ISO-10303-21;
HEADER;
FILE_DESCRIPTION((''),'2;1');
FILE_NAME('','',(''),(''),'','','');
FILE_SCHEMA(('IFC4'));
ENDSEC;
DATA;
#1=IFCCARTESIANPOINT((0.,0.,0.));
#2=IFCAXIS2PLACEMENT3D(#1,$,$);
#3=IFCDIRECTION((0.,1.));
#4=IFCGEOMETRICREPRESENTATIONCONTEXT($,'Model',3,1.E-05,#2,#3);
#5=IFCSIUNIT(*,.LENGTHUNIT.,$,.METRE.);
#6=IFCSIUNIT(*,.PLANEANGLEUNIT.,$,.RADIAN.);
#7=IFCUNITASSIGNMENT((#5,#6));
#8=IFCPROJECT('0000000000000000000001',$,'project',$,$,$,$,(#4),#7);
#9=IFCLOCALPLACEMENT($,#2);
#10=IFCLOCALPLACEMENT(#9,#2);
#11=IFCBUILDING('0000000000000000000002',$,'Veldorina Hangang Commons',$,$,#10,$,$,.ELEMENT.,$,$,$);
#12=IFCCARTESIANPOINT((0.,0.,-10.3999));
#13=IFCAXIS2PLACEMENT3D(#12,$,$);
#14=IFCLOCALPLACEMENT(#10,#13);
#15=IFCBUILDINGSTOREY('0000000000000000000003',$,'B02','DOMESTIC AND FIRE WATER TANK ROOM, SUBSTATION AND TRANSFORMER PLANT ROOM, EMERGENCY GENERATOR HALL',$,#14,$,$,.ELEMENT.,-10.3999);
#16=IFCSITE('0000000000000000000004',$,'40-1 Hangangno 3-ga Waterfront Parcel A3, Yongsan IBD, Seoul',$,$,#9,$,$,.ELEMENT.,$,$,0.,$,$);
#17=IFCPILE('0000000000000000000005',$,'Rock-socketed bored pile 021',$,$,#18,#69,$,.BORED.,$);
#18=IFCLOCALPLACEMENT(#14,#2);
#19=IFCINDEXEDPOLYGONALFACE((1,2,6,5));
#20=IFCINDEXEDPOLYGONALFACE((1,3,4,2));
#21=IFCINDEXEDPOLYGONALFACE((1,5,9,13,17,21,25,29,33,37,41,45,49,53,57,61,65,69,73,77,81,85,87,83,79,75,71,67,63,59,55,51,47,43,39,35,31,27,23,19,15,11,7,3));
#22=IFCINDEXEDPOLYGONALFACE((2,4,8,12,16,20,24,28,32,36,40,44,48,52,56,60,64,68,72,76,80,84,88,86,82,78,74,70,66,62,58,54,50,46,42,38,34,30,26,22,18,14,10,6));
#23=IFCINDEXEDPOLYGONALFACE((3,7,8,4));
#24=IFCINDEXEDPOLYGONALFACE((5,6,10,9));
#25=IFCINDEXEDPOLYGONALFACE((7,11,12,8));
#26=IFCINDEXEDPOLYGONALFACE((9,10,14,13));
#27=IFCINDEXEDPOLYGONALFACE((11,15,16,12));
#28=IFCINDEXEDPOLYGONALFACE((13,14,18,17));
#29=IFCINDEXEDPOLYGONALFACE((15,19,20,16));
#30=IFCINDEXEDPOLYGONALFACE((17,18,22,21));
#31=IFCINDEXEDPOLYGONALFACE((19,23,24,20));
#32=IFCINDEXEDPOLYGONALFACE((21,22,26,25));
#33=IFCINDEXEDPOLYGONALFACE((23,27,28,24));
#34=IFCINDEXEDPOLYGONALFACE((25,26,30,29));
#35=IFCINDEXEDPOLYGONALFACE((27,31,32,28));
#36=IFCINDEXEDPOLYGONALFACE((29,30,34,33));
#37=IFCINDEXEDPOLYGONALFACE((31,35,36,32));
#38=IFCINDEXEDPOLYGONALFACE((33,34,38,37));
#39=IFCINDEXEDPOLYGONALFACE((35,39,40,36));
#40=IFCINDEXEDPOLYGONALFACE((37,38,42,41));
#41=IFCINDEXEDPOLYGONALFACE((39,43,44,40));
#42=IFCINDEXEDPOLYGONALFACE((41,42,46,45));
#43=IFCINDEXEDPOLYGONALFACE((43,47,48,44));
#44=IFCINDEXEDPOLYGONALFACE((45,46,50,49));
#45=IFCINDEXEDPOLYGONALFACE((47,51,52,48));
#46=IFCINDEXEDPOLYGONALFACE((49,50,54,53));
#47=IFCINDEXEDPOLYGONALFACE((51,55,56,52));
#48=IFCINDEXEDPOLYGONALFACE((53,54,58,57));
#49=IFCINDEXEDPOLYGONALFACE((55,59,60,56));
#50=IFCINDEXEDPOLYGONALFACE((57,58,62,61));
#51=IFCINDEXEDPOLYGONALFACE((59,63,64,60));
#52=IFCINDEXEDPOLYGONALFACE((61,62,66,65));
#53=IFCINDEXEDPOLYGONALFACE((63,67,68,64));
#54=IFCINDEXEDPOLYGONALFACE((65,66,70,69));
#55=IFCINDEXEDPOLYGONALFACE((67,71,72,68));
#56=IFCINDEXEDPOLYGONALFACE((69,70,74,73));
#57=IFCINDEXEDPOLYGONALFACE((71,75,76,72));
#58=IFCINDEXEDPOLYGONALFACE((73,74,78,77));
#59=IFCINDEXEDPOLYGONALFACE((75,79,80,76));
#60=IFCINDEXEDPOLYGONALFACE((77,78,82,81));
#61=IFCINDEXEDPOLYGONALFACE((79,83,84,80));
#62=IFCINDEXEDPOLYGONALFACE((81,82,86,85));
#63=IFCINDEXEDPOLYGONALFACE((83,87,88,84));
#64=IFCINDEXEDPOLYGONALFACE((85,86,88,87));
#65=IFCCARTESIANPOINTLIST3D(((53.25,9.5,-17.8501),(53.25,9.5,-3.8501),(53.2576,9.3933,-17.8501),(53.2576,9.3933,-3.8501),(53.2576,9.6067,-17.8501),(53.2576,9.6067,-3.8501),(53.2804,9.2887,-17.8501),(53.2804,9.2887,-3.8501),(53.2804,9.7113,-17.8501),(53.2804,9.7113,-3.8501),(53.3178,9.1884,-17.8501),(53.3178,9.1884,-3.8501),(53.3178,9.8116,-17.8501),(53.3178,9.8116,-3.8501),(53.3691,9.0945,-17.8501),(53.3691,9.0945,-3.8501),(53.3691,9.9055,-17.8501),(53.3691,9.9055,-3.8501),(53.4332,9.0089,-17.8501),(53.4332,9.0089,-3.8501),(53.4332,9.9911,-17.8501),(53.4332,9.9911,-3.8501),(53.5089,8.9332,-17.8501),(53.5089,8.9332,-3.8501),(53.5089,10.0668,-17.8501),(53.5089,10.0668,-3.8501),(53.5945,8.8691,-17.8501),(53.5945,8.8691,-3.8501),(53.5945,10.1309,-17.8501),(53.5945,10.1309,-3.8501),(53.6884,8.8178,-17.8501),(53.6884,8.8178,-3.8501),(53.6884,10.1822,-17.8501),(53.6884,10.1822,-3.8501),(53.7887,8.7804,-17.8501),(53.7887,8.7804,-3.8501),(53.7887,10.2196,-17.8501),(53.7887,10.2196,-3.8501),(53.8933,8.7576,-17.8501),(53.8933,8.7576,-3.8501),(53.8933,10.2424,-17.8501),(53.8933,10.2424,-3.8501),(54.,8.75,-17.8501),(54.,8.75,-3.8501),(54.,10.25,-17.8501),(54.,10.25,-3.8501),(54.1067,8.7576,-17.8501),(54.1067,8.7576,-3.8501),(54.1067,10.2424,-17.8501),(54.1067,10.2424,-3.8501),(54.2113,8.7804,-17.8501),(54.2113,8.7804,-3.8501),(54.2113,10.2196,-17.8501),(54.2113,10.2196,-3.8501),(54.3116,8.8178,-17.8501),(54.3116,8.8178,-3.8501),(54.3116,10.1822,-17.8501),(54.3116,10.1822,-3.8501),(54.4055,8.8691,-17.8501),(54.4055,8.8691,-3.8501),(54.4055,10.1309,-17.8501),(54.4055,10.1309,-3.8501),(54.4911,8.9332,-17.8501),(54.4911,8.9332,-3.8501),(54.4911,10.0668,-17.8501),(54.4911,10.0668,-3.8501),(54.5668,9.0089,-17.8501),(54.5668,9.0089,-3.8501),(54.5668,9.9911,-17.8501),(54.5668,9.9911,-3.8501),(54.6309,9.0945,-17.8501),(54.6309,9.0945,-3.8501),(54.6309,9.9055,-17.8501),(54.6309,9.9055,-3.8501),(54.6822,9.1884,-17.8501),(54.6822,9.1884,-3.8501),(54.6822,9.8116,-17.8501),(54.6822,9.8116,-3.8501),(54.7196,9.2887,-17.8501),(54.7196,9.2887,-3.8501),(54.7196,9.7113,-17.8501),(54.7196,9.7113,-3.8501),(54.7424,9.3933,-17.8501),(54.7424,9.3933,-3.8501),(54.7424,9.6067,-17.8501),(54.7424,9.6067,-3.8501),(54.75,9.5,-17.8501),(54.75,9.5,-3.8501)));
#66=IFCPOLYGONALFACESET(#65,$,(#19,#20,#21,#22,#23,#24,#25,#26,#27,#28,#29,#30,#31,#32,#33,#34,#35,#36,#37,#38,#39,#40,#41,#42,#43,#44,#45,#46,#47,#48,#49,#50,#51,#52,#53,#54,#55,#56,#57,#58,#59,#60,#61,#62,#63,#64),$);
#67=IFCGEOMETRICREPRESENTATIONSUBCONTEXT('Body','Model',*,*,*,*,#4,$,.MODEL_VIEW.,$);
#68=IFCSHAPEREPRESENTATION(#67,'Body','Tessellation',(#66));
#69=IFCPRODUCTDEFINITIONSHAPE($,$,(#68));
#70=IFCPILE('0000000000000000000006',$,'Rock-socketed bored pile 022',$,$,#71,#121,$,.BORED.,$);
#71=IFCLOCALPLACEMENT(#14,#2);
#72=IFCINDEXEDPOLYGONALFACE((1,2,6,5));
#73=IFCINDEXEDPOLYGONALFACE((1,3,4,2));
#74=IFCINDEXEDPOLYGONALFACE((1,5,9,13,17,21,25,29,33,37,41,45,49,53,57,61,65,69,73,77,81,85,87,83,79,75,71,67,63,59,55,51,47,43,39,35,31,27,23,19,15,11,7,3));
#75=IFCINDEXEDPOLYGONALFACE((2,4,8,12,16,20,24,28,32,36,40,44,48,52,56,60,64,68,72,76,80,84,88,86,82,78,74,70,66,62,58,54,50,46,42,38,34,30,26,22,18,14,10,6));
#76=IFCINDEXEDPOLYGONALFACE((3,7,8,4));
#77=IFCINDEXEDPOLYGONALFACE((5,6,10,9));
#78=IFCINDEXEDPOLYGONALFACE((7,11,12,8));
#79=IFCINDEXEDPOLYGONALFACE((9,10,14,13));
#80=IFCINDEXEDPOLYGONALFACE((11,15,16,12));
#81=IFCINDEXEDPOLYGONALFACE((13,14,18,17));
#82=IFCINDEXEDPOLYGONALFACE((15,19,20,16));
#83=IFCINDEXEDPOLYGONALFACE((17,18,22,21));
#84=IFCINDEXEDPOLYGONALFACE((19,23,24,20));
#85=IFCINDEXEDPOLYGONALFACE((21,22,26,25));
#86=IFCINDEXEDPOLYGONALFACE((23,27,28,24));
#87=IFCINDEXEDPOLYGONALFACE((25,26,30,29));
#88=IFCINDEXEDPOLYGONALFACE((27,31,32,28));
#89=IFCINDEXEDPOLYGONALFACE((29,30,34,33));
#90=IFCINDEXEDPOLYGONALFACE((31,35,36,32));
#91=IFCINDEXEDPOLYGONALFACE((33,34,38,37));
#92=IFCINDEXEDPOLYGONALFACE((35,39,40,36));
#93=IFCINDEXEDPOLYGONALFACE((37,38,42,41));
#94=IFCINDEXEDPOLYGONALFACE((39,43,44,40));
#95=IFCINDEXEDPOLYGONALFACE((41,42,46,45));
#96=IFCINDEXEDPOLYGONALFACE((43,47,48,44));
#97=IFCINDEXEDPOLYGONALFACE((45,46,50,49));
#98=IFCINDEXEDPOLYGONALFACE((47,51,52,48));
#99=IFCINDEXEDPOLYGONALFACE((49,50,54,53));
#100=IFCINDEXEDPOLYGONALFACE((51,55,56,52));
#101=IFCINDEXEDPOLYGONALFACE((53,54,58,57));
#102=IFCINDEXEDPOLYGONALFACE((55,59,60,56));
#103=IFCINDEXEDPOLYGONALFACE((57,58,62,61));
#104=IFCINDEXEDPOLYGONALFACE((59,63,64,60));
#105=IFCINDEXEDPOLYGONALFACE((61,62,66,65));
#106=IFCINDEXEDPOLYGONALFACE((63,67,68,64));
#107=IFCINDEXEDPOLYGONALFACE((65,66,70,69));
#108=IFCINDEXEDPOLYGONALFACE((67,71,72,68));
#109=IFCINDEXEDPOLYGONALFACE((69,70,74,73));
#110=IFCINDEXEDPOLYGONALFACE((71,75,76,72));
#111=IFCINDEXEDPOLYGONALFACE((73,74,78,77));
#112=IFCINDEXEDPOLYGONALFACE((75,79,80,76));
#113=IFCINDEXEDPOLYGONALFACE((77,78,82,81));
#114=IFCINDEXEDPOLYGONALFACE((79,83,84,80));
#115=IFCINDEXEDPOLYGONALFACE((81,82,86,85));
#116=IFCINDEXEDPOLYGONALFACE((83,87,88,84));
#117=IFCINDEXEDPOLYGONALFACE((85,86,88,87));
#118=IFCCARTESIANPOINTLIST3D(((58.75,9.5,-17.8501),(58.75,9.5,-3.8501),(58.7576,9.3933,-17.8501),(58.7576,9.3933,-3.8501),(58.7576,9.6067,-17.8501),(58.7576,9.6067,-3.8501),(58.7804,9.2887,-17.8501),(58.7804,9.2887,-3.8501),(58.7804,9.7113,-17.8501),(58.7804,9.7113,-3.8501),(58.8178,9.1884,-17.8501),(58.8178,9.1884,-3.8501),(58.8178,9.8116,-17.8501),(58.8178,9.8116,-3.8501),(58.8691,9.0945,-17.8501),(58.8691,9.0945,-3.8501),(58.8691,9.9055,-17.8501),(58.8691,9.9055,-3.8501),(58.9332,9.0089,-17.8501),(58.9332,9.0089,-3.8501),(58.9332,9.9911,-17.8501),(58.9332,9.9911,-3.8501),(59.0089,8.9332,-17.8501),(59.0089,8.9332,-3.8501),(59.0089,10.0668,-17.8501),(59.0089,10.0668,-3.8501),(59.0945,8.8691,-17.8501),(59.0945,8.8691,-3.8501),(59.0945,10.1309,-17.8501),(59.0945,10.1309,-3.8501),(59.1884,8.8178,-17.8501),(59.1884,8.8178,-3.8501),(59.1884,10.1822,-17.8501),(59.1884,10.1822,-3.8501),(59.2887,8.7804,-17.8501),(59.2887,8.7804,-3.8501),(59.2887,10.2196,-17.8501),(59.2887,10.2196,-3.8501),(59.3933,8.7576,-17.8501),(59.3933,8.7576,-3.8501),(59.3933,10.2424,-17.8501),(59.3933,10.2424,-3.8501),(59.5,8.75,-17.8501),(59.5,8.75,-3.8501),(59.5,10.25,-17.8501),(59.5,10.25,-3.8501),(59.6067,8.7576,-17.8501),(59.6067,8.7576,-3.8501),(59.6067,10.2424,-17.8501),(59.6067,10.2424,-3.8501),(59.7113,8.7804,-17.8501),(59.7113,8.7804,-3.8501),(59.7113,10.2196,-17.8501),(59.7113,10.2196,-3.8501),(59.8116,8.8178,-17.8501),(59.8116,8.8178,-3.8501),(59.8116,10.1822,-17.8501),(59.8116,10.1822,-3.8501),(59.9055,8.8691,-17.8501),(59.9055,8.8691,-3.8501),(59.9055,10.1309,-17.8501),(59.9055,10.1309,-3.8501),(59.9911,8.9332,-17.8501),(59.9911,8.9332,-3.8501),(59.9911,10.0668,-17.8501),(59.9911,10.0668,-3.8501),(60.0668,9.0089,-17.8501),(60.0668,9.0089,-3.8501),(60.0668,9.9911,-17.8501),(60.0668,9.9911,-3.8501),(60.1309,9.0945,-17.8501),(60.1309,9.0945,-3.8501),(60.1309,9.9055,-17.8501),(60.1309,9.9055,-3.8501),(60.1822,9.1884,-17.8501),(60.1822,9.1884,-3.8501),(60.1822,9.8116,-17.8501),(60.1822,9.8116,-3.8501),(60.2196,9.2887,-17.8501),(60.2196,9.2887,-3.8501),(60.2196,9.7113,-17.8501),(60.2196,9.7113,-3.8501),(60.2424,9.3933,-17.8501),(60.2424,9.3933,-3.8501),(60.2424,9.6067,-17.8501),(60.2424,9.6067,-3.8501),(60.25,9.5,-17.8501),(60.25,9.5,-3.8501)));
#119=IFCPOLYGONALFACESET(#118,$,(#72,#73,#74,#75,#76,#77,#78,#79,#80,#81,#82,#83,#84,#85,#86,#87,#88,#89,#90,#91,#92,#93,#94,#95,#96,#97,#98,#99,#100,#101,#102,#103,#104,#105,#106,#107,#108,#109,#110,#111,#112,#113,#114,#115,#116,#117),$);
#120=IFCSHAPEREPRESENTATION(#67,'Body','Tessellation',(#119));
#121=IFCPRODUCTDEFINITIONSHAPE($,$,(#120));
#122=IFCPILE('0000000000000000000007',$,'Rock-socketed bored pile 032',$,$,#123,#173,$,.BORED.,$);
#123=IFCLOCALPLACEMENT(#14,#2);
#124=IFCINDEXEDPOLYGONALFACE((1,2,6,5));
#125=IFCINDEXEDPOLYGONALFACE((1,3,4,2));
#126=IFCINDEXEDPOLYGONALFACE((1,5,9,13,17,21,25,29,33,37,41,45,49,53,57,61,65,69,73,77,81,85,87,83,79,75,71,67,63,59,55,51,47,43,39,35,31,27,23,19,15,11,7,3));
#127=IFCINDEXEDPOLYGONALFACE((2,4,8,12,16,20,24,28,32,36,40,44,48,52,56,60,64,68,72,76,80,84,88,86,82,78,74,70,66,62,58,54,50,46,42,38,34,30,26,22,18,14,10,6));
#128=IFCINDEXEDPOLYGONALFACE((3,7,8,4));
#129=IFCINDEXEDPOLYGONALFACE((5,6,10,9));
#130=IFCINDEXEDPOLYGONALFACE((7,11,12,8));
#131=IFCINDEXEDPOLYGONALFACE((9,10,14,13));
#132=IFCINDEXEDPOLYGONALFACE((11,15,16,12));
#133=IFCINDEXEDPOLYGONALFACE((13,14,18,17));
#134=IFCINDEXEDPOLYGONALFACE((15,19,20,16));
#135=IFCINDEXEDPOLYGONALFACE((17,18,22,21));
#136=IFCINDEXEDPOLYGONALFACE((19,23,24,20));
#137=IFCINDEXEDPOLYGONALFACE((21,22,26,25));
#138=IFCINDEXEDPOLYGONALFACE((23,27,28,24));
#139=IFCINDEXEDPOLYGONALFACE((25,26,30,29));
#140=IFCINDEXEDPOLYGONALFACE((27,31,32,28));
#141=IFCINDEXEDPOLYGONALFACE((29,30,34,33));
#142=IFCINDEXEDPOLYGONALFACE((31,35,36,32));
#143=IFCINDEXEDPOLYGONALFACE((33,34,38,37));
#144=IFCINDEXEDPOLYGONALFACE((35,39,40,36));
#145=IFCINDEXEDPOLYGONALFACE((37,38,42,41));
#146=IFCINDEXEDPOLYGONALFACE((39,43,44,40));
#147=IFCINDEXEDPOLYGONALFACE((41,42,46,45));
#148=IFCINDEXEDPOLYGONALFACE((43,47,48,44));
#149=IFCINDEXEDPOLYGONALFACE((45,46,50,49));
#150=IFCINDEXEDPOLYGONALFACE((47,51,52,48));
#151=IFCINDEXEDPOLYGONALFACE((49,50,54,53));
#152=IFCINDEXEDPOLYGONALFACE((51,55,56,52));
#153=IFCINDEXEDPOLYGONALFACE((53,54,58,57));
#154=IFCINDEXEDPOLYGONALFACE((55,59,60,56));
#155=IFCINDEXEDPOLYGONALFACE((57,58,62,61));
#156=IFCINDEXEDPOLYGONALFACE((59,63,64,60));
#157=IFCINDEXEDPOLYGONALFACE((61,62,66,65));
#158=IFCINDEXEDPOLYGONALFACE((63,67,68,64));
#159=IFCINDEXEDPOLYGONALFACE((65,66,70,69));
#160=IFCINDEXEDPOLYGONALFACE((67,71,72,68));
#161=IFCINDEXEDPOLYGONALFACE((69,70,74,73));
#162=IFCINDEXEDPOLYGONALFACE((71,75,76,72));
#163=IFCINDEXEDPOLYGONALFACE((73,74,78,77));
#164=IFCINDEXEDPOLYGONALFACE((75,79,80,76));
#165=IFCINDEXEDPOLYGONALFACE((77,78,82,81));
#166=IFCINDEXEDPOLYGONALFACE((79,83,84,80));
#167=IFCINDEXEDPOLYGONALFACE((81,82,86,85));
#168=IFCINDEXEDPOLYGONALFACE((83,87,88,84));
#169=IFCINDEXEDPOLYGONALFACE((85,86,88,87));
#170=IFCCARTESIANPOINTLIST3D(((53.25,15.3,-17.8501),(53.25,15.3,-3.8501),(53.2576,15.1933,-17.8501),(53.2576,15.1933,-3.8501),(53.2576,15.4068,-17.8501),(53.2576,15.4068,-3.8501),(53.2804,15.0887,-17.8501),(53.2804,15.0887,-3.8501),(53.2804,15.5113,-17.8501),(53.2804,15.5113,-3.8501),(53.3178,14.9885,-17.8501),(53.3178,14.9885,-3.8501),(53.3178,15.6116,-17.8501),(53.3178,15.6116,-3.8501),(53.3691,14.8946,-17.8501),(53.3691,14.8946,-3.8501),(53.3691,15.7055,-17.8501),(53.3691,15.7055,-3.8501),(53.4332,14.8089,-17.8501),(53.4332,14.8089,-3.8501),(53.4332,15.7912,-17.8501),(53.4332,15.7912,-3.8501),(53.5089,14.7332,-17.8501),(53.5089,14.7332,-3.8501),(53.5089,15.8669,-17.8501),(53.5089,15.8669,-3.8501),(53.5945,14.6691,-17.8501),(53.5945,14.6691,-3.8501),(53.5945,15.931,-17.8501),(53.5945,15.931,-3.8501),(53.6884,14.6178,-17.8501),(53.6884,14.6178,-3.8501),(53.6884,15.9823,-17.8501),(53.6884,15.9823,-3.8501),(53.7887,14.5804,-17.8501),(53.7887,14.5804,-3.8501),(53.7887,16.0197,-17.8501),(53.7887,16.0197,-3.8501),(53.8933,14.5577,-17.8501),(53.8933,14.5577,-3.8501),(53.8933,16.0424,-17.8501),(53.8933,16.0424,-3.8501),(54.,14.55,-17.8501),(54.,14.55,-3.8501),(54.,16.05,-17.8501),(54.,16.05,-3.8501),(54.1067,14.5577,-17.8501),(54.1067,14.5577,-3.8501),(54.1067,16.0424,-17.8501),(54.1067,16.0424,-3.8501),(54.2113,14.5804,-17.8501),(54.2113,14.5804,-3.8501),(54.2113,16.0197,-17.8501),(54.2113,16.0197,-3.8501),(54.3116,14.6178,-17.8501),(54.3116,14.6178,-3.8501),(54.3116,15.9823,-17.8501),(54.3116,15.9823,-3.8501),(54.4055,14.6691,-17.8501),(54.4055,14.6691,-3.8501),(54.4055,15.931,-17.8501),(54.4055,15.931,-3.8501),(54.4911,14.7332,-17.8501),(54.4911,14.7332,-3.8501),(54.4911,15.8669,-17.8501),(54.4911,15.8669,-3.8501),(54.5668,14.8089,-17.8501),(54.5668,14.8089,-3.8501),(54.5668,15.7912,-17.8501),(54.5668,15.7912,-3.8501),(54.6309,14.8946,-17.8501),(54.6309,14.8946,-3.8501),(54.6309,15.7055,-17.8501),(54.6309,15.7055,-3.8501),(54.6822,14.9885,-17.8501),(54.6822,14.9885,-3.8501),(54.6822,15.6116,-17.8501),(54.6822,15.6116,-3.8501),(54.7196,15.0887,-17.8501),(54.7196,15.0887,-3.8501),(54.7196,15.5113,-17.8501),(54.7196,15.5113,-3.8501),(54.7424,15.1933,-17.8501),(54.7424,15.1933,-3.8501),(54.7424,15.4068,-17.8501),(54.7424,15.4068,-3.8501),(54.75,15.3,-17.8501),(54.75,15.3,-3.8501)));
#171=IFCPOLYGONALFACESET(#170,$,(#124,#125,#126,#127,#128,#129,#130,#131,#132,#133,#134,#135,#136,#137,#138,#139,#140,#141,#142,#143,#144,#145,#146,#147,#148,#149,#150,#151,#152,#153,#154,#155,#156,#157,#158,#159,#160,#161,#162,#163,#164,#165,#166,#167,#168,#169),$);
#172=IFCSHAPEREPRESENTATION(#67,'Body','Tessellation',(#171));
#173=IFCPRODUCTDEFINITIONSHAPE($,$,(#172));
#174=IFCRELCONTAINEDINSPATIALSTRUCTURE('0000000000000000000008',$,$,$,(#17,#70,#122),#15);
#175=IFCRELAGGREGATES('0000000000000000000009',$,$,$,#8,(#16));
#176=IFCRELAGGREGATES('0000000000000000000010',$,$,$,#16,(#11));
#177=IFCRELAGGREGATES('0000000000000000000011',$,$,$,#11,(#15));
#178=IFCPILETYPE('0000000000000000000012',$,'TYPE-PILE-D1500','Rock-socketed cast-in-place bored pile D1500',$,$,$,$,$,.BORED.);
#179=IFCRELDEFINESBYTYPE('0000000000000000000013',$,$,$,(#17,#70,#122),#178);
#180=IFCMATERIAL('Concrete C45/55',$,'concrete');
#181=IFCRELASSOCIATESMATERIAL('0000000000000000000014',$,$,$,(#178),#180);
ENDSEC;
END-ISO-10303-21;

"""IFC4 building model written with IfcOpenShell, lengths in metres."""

from ifc_helpers import new_model, si_unit, direction, frame, origin, origin_2d, place, context, subcontext, project, spatial, circle, extrude, material, material_profile, profile_set, type_object, element, save


model = new_model("IFC4")

# Units and contexts
model_context = context("Model", 3, precision=1e-05, world=origin(), true_north=direction((0.0, 1.0)))
body_context = subcontext(model_context, "Body", "Model", "MODEL_VIEW")
ifc_project = project(units=[si_unit("LENGTHUNIT", "METRE"), si_unit("PLANEANGLEUNIT", "RADIAN")], contexts=[model_context])

# Site, building, storey
site_placement = place(None, origin())
site = spatial("IfcSite", under=ifc_project, at=site_placement, Name="40-1 Hangangno 3-ga Waterfront Parcel A3, Yongsan IBD, Seoul", CompositionType="ELEMENT", RefElevation=0.0)
building_placement = place(site_placement, origin())
building = spatial("IfcBuilding", under=site, at=building_placement, Name="Veldorina Hangang Commons", CompositionType="ELEMENT")
storey_placement = place(building_placement, frame((0.0, 0.0, -10.3999)))
storey = spatial("IfcBuildingStorey", under=building, at=storey_placement, Name="B02", Description="DOMESTIC AND FIRE WATER TANK ROOM, SUBSTATION AND TRANSFORMER PLANT ROOM, EMERGENCY GENERATOR HALL", CompositionType="ELEMENT", Elevation=-10.3999)

# Piles
ifc_material_1 = material(Name="Concrete C45/55", Category="concrete")
ifc_material_profile_1 = material_profile(ifc_material_1, circle(Radius=0.75, at=origin_2d()), Name="PILE-D1500")
ifc_profile_set_1 = profile_set([ifc_material_profile_1], Name="Concrete C45/55")
pile_type_1 = type_object("IfcPileType", Name="TYPE-PILE-D1500", Description="Rock-socketed cast-in-place bored pile D1500", PredefinedType="BORED", material=ifc_profile_set_1)
for number, where, z_axis, x_axis, name in (
    (1, (54.0, 9.5, -3.8501), (0.0, 0.0, -1.0), (1.0, 0.0, 0.0), "Rock-socketed bored pile 021"),
    (2, (59.5, 9.5, -3.8501), (0.0, 0.0, -1.0), (1.0, 0.0, 0.0), "Rock-socketed bored pile 022"),
    (3, (54.0, 15.3, -3.8501), (0.0, 0.0, -1.0), (1.0, 0.0, 0.0), "Rock-socketed bored pile 032"),
):
    element("IfcPile", number, at=place(storey_placement, frame(where, z_axis=z_axis, x_axis=x_axis)), inside=storey, type_object=pile_type_1, Name=name, PredefinedType="BORED", context=body_context, shape_type="SweptSolid", body=[
        extrude(circle(Radius=0.75, at=origin_2d()), origin(), (0.0, 0.0, 1.0), 14.0),
    ])

save(model, "model.ifc")
